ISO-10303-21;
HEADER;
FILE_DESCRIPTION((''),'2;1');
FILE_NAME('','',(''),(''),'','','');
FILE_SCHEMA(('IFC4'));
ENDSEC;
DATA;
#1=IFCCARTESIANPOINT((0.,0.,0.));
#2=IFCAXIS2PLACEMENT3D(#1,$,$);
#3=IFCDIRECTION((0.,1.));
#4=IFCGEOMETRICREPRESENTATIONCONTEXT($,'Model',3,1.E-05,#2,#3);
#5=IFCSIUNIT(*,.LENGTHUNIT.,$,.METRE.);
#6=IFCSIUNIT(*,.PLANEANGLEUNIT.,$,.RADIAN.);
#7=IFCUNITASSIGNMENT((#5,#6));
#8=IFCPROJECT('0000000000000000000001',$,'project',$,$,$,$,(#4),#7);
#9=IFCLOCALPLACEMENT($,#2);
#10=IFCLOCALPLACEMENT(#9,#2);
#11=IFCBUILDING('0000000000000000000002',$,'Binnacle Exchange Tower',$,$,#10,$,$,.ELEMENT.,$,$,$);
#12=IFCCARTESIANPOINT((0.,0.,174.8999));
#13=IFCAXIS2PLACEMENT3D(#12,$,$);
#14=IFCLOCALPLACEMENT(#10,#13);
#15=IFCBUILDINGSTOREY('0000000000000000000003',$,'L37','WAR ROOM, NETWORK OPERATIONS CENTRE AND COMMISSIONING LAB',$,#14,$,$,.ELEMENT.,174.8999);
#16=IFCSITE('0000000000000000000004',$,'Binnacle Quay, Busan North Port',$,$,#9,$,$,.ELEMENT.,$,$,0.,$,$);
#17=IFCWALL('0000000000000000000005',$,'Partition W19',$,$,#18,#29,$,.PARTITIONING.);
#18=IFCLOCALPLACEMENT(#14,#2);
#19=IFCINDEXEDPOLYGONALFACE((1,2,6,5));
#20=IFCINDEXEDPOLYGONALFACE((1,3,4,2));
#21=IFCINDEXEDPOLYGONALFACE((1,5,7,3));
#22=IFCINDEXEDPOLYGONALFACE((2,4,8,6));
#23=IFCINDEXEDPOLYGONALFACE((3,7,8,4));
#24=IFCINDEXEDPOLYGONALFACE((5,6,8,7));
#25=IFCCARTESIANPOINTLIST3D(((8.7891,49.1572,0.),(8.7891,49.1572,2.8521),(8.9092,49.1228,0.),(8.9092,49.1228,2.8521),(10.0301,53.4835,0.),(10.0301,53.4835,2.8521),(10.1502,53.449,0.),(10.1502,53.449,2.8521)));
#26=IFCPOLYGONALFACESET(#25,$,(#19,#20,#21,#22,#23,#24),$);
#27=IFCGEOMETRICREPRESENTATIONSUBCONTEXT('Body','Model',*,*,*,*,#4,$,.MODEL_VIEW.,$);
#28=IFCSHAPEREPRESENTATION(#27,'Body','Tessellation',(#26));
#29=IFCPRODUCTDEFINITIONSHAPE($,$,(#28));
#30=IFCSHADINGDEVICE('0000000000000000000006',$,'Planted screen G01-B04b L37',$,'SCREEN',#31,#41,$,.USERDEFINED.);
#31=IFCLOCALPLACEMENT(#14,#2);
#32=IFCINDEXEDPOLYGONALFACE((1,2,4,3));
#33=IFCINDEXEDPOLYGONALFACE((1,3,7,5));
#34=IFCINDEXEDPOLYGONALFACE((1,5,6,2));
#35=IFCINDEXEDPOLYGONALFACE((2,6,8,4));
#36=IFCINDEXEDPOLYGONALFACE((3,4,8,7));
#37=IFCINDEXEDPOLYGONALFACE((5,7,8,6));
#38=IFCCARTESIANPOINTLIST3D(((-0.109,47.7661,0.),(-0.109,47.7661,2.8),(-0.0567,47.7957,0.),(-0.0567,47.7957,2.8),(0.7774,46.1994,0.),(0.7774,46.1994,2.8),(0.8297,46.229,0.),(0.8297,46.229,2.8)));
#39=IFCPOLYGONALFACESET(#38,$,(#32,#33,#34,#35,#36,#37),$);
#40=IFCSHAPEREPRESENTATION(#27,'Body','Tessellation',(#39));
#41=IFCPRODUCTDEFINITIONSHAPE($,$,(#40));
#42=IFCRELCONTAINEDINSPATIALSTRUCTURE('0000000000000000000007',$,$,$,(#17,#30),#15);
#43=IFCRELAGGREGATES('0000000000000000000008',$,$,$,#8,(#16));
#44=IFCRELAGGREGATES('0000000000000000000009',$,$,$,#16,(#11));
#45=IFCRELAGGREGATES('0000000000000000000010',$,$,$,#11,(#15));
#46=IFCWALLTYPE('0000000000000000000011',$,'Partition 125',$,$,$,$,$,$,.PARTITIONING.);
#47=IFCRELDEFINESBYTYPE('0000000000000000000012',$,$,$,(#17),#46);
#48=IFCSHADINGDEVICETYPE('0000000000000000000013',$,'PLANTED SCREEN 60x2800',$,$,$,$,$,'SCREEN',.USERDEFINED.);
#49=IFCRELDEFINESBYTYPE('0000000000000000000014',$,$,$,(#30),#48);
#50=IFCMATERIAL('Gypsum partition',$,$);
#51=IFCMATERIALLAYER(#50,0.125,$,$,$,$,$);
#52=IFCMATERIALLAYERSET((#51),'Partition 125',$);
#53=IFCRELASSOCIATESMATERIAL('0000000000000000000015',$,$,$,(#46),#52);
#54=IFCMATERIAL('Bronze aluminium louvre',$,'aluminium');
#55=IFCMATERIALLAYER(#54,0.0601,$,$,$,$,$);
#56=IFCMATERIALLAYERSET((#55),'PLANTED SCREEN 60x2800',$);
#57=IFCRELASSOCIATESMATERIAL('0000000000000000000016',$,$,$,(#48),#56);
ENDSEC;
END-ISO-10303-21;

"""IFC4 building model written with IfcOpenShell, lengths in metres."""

from ifc_helpers import new_model, si_unit, direction, frame, frame_2d, origin, origin_2d, place, context, subcontext, project, spatial, rectangle, extrude, material, layer, layer_set, type_object, element, save


model = new_model("IFC4")

# Units and contexts
model_context = context("Model", 3, precision=1e-05, world=origin(), true_north=direction((0.0, 1.0)))
body_context = subcontext(model_context, "Body", "Model", "MODEL_VIEW")
ifc_project = project(units=[si_unit("LENGTHUNIT", "METRE"), si_unit("PLANEANGLEUNIT", "RADIAN")], contexts=[model_context])

# Site, building, storey
site_placement = place(None, origin())
site = spatial("IfcSite", under=ifc_project, at=site_placement, Name="Binnacle Quay, Busan North Port", CompositionType="ELEMENT", RefElevation=0.0)
building_placement = place(site_placement, origin())
building = spatial("IfcBuilding", under=site, at=building_placement, Name="Binnacle Exchange Tower", CompositionType="ELEMENT")
storey_placement = place(building_placement, frame((0.0, 0.0, 174.8999)))
storey = spatial("IfcBuildingStorey", under=building, at=storey_placement, Name="L37", Description="WAR ROOM, NETWORK OPERATIONS CENTRE AND COMMISSIONING LAB", CompositionType="ELEMENT", Elevation=174.8999)

# Wall
ifc_material_1 = material(Name="Gypsum partition")
ifc_layer_1 = layer(ifc_material_1, 0.125)
ifc_layer_set_1 = layer_set([ifc_layer_1], Name="Partition 125")
wall_type_1 = type_object("IfcWallType", Name="Partition 125", PredefinedType="PARTITIONING", material=ifc_layer_set_1)
wall_1_placement = place(storey_placement, frame((8.8491, 49.1399, 0.0), z_axis=(0.0, 0.0, 1.0), x_axis=(0.275731, 0.961235, 0.0)))
element("IfcWall", 1, at=wall_1_placement, inside=storey, type_object=wall_type_1, Name="Partition W19", PredefinedType="PARTITIONING", context=body_context, shape_type="SweptSolid", body=[
    extrude(rectangle(XDim=4.5007, YDim=0.125, at=frame_2d((2.2505, 0.0))), origin(), (0.0, 0.0, 1.0), 2.8521),
])

# Shading device
ifc_material_2 = material(Name="Bronze aluminium louvre", Category="aluminium")
ifc_layer_2 = layer(ifc_material_2, 0.0601)
ifc_layer_set_2 = layer_set([ifc_layer_2], Name="PLANTED SCREEN 60x2800")
shading_device_type = type_object("IfcShadingDeviceType", Name="PLANTED SCREEN 60x2800", ElementType="SCREEN", PredefinedType="USERDEFINED", material=ifc_layer_set_2)
shading_device_placement = place(storey_placement, frame((0.3604, 46.9976, 0.0), z_axis=(0.0, 0.0, 1.0), x_axis=(0.870356, 0.492424, 0.0)))
element("IfcShadingDevice", 2, at=shading_device_placement, inside=storey, type_object=shading_device_type, Name="Planted screen G01-B04b L37", ObjectType="SCREEN", PredefinedType="USERDEFINED", context=body_context, shape_type="SweptSolid", body=[
    extrude(rectangle(XDim=0.0601, YDim=1.8, at=origin_2d()), origin(), (0.0, 0.0, 1.0), 2.8),
])

save(model, "model.ifc")
